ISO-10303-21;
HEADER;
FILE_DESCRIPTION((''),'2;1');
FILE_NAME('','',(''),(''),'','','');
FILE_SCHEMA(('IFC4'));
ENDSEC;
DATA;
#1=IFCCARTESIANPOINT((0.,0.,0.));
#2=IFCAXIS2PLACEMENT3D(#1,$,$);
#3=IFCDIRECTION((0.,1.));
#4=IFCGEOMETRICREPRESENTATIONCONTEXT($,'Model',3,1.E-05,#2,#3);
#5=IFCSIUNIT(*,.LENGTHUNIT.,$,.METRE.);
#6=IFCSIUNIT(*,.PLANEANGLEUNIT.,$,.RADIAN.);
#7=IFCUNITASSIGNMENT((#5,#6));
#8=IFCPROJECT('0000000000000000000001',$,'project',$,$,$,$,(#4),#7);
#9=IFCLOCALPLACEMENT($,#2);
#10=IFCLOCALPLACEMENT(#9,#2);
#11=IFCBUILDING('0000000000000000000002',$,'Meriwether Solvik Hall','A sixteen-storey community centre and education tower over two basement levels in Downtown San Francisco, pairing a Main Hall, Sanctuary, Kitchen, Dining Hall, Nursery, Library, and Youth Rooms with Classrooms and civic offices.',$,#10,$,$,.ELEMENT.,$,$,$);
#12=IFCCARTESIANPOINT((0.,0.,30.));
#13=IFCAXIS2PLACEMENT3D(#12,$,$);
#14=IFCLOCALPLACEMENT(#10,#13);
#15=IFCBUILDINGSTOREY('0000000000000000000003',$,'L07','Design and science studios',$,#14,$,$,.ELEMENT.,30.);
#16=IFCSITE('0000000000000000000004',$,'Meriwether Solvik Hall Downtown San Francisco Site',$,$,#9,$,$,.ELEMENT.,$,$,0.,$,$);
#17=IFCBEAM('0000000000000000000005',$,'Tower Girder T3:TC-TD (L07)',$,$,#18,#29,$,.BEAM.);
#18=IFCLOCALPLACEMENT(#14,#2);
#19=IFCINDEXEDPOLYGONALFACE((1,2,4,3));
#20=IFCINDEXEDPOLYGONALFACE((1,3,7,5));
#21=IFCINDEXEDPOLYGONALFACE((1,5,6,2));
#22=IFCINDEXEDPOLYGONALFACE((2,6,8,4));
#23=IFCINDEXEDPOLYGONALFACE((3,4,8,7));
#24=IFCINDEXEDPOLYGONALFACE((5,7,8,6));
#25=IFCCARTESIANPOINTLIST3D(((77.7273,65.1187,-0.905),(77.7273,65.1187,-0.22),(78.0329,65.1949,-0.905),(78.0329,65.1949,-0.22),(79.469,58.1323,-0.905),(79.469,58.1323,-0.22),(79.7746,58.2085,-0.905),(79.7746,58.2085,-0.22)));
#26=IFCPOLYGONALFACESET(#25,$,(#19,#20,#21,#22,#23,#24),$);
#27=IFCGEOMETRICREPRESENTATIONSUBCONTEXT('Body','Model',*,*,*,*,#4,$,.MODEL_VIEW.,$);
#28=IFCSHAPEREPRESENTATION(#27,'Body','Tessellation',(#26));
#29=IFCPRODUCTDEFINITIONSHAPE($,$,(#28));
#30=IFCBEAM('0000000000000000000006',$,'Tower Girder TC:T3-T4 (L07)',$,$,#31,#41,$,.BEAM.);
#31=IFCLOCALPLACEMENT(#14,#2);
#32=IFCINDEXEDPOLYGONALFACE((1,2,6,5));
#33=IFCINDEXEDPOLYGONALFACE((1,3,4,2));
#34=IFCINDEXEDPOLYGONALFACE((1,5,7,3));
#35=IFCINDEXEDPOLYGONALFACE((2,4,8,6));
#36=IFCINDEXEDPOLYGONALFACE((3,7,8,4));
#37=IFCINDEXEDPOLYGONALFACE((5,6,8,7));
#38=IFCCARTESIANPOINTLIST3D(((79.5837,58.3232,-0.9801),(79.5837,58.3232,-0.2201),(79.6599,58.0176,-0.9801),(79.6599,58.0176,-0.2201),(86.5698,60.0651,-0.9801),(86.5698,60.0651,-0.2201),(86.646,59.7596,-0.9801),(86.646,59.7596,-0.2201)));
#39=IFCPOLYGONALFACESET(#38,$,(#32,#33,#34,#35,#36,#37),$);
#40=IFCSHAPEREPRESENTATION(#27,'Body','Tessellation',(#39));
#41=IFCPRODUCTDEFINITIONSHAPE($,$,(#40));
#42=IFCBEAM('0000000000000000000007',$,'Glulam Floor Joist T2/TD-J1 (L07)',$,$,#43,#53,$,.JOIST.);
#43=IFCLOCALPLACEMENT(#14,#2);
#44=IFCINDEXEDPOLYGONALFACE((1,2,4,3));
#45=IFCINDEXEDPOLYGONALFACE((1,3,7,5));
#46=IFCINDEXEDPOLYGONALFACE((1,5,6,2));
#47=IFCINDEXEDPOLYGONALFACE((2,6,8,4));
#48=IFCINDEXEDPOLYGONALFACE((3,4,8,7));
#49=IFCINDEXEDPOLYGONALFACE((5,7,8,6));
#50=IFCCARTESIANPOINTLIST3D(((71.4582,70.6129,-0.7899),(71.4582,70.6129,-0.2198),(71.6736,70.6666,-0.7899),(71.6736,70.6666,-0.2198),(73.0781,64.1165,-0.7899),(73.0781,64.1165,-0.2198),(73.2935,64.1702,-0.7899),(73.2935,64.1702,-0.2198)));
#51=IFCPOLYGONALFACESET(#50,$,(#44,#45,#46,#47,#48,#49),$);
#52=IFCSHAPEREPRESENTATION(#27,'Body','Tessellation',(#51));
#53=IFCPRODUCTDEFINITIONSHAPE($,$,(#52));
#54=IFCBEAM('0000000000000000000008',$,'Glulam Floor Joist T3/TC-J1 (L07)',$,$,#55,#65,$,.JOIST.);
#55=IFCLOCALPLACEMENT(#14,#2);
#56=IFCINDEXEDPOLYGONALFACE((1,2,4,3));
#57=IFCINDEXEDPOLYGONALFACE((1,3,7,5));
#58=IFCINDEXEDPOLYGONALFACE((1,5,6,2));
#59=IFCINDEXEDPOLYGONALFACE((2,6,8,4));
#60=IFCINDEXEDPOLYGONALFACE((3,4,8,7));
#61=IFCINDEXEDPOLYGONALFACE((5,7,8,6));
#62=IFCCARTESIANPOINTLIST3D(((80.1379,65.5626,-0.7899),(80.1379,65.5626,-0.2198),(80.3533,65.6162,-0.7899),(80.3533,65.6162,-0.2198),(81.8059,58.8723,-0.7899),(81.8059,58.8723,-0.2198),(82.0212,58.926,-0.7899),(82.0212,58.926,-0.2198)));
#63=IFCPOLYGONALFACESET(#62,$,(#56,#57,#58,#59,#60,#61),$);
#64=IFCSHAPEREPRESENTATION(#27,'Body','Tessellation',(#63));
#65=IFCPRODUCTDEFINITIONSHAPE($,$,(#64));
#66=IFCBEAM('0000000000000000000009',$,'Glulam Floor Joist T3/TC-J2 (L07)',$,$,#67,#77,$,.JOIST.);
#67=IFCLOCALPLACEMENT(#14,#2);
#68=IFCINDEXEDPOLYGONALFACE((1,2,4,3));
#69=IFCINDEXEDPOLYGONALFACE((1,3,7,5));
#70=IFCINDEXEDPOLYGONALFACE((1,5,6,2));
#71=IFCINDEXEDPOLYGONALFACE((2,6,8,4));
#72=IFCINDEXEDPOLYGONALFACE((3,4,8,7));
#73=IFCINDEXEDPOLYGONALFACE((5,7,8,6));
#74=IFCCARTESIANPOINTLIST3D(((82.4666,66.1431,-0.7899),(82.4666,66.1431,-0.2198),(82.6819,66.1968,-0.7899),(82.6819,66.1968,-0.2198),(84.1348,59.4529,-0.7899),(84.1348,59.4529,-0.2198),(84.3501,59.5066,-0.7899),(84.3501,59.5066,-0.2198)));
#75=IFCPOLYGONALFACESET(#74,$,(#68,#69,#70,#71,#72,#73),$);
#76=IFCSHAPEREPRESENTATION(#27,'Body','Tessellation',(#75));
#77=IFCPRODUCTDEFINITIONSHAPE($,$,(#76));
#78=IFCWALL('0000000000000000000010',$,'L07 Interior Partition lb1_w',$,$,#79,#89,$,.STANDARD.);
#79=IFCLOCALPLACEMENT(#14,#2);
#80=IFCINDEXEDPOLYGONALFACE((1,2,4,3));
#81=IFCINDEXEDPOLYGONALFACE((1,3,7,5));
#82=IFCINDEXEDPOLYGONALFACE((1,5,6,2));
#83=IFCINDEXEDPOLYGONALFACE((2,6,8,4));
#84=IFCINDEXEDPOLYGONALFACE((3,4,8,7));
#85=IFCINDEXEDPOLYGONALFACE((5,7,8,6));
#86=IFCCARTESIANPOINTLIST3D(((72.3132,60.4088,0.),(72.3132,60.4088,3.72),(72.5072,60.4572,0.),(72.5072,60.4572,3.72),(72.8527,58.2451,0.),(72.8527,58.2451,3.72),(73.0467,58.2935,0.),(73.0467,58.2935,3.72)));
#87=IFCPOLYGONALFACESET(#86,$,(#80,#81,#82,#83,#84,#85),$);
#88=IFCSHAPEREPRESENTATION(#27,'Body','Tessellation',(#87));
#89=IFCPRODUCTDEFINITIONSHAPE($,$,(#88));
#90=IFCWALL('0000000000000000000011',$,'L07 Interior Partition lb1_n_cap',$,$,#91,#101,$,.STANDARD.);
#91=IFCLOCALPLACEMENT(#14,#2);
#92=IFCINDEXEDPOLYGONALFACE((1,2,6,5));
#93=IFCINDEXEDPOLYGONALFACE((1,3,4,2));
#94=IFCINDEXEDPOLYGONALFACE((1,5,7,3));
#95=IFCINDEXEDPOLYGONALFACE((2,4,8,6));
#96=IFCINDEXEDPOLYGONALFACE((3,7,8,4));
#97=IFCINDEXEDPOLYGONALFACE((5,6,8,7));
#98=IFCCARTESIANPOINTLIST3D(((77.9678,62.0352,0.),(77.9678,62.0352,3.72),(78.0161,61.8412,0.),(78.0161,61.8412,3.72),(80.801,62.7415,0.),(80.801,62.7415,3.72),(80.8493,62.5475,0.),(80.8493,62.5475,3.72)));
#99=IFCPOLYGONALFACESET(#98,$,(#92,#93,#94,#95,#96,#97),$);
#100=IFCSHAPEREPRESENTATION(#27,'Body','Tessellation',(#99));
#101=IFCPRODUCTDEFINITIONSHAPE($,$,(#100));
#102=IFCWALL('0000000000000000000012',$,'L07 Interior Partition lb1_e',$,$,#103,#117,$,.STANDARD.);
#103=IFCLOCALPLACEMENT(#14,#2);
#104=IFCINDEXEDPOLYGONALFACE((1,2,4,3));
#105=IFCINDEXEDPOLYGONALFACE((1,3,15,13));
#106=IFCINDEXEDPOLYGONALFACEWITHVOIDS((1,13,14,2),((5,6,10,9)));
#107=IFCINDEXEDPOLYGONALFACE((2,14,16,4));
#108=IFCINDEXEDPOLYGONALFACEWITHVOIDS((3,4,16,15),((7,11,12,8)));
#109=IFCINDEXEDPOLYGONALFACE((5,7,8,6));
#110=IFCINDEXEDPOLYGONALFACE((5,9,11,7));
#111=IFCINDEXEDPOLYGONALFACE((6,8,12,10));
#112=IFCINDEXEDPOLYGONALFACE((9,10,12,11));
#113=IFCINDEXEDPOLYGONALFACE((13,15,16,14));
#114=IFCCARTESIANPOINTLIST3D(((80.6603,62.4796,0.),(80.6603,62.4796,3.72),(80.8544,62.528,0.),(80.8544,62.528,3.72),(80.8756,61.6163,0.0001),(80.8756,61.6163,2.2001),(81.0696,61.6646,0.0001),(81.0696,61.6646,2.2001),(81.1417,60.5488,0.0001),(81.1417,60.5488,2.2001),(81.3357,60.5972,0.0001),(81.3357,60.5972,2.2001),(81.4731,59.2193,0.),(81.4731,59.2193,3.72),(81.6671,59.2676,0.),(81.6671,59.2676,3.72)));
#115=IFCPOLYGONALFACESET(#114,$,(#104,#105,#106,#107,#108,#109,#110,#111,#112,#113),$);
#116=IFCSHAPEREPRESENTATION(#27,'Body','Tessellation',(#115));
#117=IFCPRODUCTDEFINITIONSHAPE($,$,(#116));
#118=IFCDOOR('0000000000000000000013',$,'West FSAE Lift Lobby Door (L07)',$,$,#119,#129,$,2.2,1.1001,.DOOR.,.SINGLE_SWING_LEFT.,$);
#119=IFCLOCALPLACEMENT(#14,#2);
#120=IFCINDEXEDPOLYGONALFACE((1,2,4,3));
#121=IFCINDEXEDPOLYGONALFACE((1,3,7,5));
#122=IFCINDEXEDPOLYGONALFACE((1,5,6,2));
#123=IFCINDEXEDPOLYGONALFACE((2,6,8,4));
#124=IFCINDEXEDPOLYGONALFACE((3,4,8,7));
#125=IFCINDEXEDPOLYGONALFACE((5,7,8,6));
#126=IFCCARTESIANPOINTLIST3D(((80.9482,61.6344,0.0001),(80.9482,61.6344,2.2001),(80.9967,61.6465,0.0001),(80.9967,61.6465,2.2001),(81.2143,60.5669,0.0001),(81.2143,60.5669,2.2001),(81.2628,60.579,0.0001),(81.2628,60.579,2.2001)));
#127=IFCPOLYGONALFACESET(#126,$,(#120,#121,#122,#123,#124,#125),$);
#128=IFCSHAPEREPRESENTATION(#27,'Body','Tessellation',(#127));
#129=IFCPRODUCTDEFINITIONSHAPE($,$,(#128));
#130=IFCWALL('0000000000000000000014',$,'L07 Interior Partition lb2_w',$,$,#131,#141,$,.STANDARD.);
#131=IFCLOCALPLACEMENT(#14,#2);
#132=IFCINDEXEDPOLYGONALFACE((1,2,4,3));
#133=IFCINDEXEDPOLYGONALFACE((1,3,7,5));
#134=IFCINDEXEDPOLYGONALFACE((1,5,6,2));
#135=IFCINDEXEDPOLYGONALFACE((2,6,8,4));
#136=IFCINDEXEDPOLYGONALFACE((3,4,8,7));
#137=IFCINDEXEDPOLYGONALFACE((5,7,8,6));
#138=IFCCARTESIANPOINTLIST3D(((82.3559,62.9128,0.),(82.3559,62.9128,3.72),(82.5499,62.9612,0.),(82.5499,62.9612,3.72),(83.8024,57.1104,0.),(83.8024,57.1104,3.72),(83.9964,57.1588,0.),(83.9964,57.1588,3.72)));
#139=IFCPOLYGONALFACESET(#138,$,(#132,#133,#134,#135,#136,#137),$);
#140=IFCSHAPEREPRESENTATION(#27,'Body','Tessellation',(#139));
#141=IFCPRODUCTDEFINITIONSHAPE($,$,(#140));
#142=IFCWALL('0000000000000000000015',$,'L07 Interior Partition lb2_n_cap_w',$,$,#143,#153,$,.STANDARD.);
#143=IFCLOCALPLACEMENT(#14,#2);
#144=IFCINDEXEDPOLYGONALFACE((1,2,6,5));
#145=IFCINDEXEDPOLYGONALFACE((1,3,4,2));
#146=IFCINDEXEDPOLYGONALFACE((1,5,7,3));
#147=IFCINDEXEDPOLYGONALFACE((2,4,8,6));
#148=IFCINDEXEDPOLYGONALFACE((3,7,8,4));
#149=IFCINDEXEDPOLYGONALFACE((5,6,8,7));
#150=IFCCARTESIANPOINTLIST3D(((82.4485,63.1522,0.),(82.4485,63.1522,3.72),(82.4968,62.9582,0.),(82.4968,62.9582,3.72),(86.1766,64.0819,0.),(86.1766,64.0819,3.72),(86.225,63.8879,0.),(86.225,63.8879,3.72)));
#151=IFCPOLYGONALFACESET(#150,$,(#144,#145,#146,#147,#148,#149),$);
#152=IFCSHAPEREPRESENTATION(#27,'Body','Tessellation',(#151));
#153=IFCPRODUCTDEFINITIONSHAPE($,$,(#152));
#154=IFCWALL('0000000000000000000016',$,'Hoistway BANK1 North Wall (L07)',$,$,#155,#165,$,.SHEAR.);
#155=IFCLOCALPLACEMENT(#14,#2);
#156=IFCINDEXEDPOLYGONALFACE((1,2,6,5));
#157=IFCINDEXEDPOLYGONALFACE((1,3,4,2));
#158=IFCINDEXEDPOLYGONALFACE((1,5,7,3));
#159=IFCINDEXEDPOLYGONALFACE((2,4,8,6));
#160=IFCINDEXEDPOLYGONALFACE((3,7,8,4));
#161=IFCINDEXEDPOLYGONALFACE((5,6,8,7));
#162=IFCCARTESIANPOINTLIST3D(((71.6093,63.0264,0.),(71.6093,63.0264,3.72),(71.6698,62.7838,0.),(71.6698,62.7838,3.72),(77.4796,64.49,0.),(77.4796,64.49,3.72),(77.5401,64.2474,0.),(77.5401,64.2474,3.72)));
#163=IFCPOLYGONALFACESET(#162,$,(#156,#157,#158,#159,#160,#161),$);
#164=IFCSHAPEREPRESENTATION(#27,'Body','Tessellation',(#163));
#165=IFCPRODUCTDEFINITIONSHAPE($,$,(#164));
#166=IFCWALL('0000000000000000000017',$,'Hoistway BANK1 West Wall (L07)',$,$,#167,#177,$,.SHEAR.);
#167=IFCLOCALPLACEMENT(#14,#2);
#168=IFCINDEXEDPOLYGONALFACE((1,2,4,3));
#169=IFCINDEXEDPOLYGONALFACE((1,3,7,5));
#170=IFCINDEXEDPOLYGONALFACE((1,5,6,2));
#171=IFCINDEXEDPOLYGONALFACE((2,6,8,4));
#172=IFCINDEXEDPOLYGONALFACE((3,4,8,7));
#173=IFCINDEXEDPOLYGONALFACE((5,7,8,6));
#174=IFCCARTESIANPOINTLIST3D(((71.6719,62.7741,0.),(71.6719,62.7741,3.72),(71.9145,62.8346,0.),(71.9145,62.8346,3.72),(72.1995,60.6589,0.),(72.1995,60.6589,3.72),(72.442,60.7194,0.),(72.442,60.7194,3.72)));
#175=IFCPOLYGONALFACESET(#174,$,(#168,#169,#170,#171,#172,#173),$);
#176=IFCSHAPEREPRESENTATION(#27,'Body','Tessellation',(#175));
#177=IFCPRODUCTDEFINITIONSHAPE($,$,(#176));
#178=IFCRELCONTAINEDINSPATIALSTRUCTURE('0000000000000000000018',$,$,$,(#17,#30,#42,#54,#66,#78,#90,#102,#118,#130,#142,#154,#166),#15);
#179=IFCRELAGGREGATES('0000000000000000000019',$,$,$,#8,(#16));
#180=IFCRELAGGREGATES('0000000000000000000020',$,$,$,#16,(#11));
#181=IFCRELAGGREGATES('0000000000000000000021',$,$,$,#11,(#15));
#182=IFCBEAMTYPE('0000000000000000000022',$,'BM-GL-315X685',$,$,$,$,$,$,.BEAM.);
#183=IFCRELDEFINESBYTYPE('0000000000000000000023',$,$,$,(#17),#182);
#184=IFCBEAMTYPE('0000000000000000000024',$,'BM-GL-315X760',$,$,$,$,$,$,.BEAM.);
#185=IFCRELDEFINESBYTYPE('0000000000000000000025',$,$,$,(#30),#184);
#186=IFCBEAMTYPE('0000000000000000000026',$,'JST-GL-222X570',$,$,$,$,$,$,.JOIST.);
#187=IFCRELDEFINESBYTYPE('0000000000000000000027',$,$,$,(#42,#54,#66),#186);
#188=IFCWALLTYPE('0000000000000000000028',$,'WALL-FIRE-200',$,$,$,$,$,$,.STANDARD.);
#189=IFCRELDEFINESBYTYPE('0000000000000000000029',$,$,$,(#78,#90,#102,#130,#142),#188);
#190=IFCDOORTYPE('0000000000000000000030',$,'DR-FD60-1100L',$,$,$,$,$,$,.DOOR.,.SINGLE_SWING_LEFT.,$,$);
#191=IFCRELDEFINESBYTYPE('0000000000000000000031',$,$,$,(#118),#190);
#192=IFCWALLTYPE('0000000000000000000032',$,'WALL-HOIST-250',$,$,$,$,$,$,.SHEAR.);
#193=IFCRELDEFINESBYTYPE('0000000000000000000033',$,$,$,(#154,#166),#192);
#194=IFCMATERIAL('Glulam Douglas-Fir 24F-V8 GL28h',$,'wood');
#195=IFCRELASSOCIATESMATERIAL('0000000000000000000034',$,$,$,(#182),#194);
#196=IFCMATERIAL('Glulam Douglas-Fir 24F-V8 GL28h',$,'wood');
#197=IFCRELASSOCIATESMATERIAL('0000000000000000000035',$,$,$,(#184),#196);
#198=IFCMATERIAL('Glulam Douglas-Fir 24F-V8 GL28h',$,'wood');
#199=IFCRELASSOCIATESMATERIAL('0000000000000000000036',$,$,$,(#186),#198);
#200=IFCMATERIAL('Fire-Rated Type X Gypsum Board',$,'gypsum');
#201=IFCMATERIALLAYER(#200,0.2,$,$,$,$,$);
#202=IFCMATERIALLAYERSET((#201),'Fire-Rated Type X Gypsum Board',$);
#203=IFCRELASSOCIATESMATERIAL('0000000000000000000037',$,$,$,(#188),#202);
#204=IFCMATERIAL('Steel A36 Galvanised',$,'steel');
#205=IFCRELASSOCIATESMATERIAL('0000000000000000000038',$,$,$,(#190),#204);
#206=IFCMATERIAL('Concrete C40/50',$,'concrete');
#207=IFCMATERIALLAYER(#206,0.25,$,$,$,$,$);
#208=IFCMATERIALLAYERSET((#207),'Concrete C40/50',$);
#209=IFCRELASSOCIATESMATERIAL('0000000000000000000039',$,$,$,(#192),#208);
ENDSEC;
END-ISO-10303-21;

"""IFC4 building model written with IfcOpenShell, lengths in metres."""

from ifc_helpers import new_model, si_unit, direction, frame, frame_2d, origin, origin_2d, place, context, subcontext, project, spatial, rectangle, extrude, material, layer, layer_set, material_profile, profile_set, type_object, element, fill, save


model = new_model("IFC4")

# Units and contexts
model_context = context("Model", 3, precision=1e-05, world=origin(), true_north=direction((0.0, 1.0)))
body_context = subcontext(model_context, "Body", "Model", "MODEL_VIEW")
ifc_project = project(units=[si_unit("LENGTHUNIT", "METRE"), si_unit("PLANEANGLEUNIT", "RADIAN")], contexts=[model_context])

# Site, building, storey
site_placement = place(None, origin())
site = spatial("IfcSite", under=ifc_project, at=site_placement, Name="Meriwether Solvik Hall Downtown San Francisco Site", CompositionType="ELEMENT", RefElevation=0.0)
building_placement = place(site_placement, origin())
building = spatial("IfcBuilding", under=site, at=building_placement, Name="Meriwether Solvik Hall", Description="A sixteen-storey community centre and education tower over two basement levels in Downtown San Francisco, pairing a Main Hall, Sanctuary, Kitchen, Dining Hall, Nursery, Library, and Youth Rooms with Classrooms and civic offices.", CompositionType="ELEMENT")
storey_placement = place(building_placement, frame((0.0, 0.0, 30.0)))
storey = spatial("IfcBuildingStorey", under=building, at=storey_placement, Name="L07", Description="Design and science studios", CompositionType="ELEMENT", Elevation=30.0)

# Beams
ifc_material_1 = material(Name="Glulam Douglas-Fir 24F-V8 GL28h", Category="wood")
ifc_material_profile_1 = material_profile(ifc_material_1, rectangle(XDim=0.3149, YDim=0.6851, at=origin_2d()), Name="GLB-315X685")
ifc_profile_set_1 = profile_set([ifc_material_profile_1], Name="Glulam Douglas-Fir 24F-V8 GL28h")
beam_type_1 = type_object("IfcBeamType", Name="BM-GL-315X685", PredefinedType="BEAM", material=ifc_profile_set_1)
beam_1_placement = place(storey_placement, frame((79.6218, 58.1704, -0.5625), z_axis=(-0.241897, 0.970302, 0.0), x_axis=(-0.970302, -0.241897, 0.0)))
element("IfcBeam", 1, at=beam_1_placement, inside=storey, type_object=beam_type_1, Name="Tower Girder T3:TC-TD (L07)", PredefinedType="BEAM", context=body_context, shape_type="SweptSolid", body=[
    extrude(rectangle(XDim=0.3149, YDim=0.6851, at=origin_2d()), origin(), (0.0, 0.0, 1.0), 7.2002),
])
ifc_material_2 = material(Name="Glulam Douglas-Fir 24F-V8 GL28h", Category="wood")
ifc_material_profile_2 = material_profile(ifc_material_2, rectangle(XDim=0.3149, YDim=0.76, at=origin_2d()), Name="GLB-315X760")
ifc_profile_set_2 = profile_set([ifc_material_profile_2], Name="Glulam Douglas-Fir 24F-V8 GL28h")
beam_type_2 = type_object("IfcBeamType", Name="BM-GL-315X760", PredefinedType="BEAM", material=ifc_profile_set_2)
beam_2_placement = place(storey_placement, frame((79.6218, 58.1704, -0.6001), z_axis=(0.970292, 0.241937, 0.0), x_axis=(-0.241937, 0.970292, 0.0)))
element("IfcBeam", 2, at=beam_2_placement, inside=storey, type_object=beam_type_2, Name="Tower Girder TC:T3-T4 (L07)", PredefinedType="BEAM", context=body_context, shape_type="SweptSolid", body=[
    extrude(rectangle(XDim=0.3149, YDim=0.76, at=origin_2d()), origin(), (0.0, 0.0, 1.0), 7.2),
])
ifc_material_3 = material(Name="Glulam Douglas-Fir 24F-V8 GL28h", Category="wood")
ifc_material_profile_3 = material_profile(ifc_material_3, rectangle(XDim=0.2219, YDim=0.5701, at=origin_2d()), Name="GLJ-222X570")
ifc_profile_set_3 = profile_set([ifc_material_profile_3], Name="Glulam Douglas-Fir 24F-V8 GL28h")
beam_type_3 = type_object("IfcBeamType", Name="JST-GL-222X570", PredefinedType="JOIST", material=ifc_profile_set_3)
beam_3_placement = place(storey_placement, frame((73.1858, 64.1433, -0.5049), z_axis=(-0.241944, 0.97029, 0.0), x_axis=(-0.97029, -0.241944, 0.0)))
element("IfcBeam", 3, at=beam_3_placement, inside=storey, type_object=beam_type_3, Name="Glulam Floor Joist T2/TD-J1 (L07)", PredefinedType="JOIST", context=body_context, shape_type="SweptSolid", body=[
    extrude(rectangle(XDim=0.2219, YDim=0.5701, at=origin_2d()), origin(), (0.0, 0.0, 1.0), 6.6953),
])
for number, where, z_axis, x_axis, name in (
    (4, (81.9136, 58.8992, -0.5049), (-0.241911, 0.970299, 0.0), (-0.970299, -0.241911, 0.0), "Glulam Floor Joist T3/TC-J1 (L07)"),
    (5, (84.2424, 59.4797, -0.5049), (-0.241944, 0.97029, 0.0), (-0.97029, -0.241944, 0.0), "Glulam Floor Joist T3/TC-J2 (L07)"),
):
    element("IfcBeam", number, at=place(storey_placement, frame(where, z_axis=z_axis, x_axis=x_axis)), inside=storey, type_object=beam_type_3, Name=name, PredefinedType="JOIST", context=body_context, shape_type="SweptSolid", body=[
        extrude(rectangle(XDim=0.2219, YDim=0.5701, at=origin_2d()), origin(), (0.0, 0.0, 1.0), 6.895),
    ])

# Walls
ifc_material_4 = material(Name="Fire-Rated Type X Gypsum Board", Category="gypsum")
ifc_layer_1 = layer(ifc_material_4, 0.2)
ifc_layer_set_1 = layer_set([ifc_layer_1], Name="Fire-Rated Type X Gypsum Board")
wall_type_1 = type_object("IfcWallType", Name="WALL-FIRE-200", PredefinedType="STANDARD", material=ifc_layer_set_1)
wall_1_placement = place(storey_placement, frame((72.9497, 58.2693, 0.0), z_axis=(0.0, 0.0, 1.0), x_axis=(-0.241943, 0.97029, 0.0)))
element("IfcWall", 6, at=wall_1_placement, inside=storey, type_object=wall_type_1, Name="L07 Interior Partition lb1_w", PredefinedType="STANDARD", context=body_context, shape_type="SweptSolid", body=[
    extrude(rectangle(XDim=2.23, YDim=0.2, at=frame_2d((1.115, 0.0))), origin(), (0.0, 0.0, 1.0), 3.72),
])
wall_2_placement = place(storey_placement, frame((77.9919, 61.9382, 0.0), z_axis=(0.0, 0.0, 1.0), x_axis=(0.970305, 0.241886, 0.0)))
element("IfcWall", 7, at=wall_2_placement, inside=storey, type_object=wall_type_1, Name="L07 Interior Partition lb1_n_cap", PredefinedType="STANDARD", context=body_context, shape_type="SweptSolid", body=[
    extrude(rectangle(XDim=2.9199, YDim=0.2, at=frame_2d((1.46, 0.0))), origin(), (0.0, 0.0, 1.0), 3.72),
])

# Wall, opening, door
wall_3_placement = place(storey_placement, frame((80.7573, 62.5039, 0.0), z_axis=(0.0, 0.0, 1.0), x_axis=(0.241886, -0.970305, 0.0)))
wall_3 = element("IfcWall", 8, at=wall_3_placement, inside=storey, type_object=wall_type_1, Name="L07 Interior Partition lb1_e", PredefinedType="STANDARD", context=body_context, shape_type="SweptSolid", body=[
    extrude(rectangle(XDim=3.3601, YDim=0.2, at=frame_2d((1.6802, 0.0))), origin(), (0.0, 0.0, 1.0), 3.72),
])
opening_1_placement = place(wall_3_placement, frame((0.8899, 0.0, 0.0)))
opening_1 = element("IfcOpeningElement", 9, at=opening_1_placement, cuts=wall_3, PredefinedType="OPENING", context=body_context, shape_type="SweptSolid", body=[
    extrude(rectangle(XDim=1.1001, YDim=2.2, at=frame_2d((0.55, 1.1001))), frame((0.0, 0.1118, 0.0), z_axis=(0.0, -1.0, 0.0), x_axis=(1.0, 0.0, 0.0)), (0.0, 0.0, 1.0), 0.2239),
])
ifc_material_5 = material(Name="Steel A36 Galvanised", Category="steel")
door_type_1 = type_object("IfcDoorType", Name="DR-FD60-1100L", OperationType="SINGLE_SWING_LEFT", PredefinedType="DOOR", material=ifc_material_5)
door_1_placement = place(opening_1_placement, origin())
door_1 = element("IfcDoor", 10, at=door_1_placement, inside=storey, type_object=door_type_1, Name="West FSAE Lift Lobby Door (L07)", OperationType="SINGLE_SWING_LEFT", OverallHeight=2.2, OverallWidth=1.1001, PredefinedType="DOOR", context=body_context, shape_type="SweptSolid", body=[
    extrude(rectangle(XDim=1.1001, YDim=2.2, at=frame_2d((0.55, 1.1001))), frame((0.0, 0.0249, 0.0), z_axis=(0.0, -1.0, 0.0), x_axis=(1.0, 0.0, 0.0)), (0.0, 0.0, 1.0), 0.05),
])
fill(opening_1, door_1)

# Walls
wall_4_placement = place(storey_placement, frame((82.4529, 62.937, 0.0), z_axis=(0.0, 0.0, 1.0), x_axis=(0.241892, -0.970303, 0.0)))
element("IfcWall", 11, at=wall_4_placement, inside=storey, type_object=wall_type_1, Name="L07 Interior Partition lb2_w", PredefinedType="STANDARD", context=body_context, shape_type="SweptSolid", body=[
    extrude(rectangle(XDim=5.98, YDim=0.2, at=frame_2d((2.99, 0.0))), origin(), (0.0, 0.0, 1.0), 3.72),
])
wall_5_placement = place(storey_placement, frame((82.4727, 63.0552, 0.0), z_axis=(0.0, 0.0, 1.0), x_axis=(0.970284, 0.241967, 0.0)))
element("IfcWall", 12, at=wall_5_placement, inside=storey, type_object=wall_type_1, Name="L07 Interior Partition lb2_n_cap_w", PredefinedType="STANDARD", context=body_context, shape_type="SweptSolid", body=[
    extrude(rectangle(XDim=3.8423, YDim=0.2, at=frame_2d((1.9211, 0.0))), origin(), (0.0, 0.0, 1.0), 3.72),
])
ifc_material_6 = material(Name="Concrete C40/50", Category="concrete")
ifc_layer_2 = layer(ifc_material_6, 0.25)
ifc_layer_set_2 = layer_set([ifc_layer_2], Name="Concrete C40/50")
wall_type_2 = type_object("IfcWallType", Name="WALL-HOIST-250", PredefinedType="SHEAR", material=ifc_layer_set_2)
wall_6_placement = place(storey_placement, frame((77.5098, 64.3687, 0.0), z_axis=(0.0, 0.0, 1.0), x_axis=(-0.970297, -0.241918, 0.0)))
element("IfcWall", 13, at=wall_6_placement, inside=storey, type_object=wall_type_2, Name="Hoistway BANK1 North Wall (L07)", PredefinedType="SHEAR", context=body_context, shape_type="SweptSolid", body=[
    extrude(rectangle(XDim=6.05, YDim=0.25, at=frame_2d((3.0249, 0.0))), origin(), (0.0, 0.0, 1.0), 3.72),
])
for number, where, z_axis, x_axis, name in (
    (14, (71.7932, 62.8042, 0.0), (0.0, 0.0, 1.0), (0.242009, -0.970274, 0.0), "Hoistway BANK1 West Wall (L07)"),
):
    element("IfcWall", number, at=place(storey_placement, frame(where, z_axis=z_axis, x_axis=x_axis)), inside=storey, type_object=wall_type_2, Name=name, PredefinedType="SHEAR", context=body_context, shape_type="SweptSolid", body=[
        extrude(rectangle(XDim=2.1799, YDim=0.25, at=frame_2d((1.0898, 0.0))), origin(), (0.0, 0.0, 1.0), 3.72),
    ])

save(model, "model.ifc")
